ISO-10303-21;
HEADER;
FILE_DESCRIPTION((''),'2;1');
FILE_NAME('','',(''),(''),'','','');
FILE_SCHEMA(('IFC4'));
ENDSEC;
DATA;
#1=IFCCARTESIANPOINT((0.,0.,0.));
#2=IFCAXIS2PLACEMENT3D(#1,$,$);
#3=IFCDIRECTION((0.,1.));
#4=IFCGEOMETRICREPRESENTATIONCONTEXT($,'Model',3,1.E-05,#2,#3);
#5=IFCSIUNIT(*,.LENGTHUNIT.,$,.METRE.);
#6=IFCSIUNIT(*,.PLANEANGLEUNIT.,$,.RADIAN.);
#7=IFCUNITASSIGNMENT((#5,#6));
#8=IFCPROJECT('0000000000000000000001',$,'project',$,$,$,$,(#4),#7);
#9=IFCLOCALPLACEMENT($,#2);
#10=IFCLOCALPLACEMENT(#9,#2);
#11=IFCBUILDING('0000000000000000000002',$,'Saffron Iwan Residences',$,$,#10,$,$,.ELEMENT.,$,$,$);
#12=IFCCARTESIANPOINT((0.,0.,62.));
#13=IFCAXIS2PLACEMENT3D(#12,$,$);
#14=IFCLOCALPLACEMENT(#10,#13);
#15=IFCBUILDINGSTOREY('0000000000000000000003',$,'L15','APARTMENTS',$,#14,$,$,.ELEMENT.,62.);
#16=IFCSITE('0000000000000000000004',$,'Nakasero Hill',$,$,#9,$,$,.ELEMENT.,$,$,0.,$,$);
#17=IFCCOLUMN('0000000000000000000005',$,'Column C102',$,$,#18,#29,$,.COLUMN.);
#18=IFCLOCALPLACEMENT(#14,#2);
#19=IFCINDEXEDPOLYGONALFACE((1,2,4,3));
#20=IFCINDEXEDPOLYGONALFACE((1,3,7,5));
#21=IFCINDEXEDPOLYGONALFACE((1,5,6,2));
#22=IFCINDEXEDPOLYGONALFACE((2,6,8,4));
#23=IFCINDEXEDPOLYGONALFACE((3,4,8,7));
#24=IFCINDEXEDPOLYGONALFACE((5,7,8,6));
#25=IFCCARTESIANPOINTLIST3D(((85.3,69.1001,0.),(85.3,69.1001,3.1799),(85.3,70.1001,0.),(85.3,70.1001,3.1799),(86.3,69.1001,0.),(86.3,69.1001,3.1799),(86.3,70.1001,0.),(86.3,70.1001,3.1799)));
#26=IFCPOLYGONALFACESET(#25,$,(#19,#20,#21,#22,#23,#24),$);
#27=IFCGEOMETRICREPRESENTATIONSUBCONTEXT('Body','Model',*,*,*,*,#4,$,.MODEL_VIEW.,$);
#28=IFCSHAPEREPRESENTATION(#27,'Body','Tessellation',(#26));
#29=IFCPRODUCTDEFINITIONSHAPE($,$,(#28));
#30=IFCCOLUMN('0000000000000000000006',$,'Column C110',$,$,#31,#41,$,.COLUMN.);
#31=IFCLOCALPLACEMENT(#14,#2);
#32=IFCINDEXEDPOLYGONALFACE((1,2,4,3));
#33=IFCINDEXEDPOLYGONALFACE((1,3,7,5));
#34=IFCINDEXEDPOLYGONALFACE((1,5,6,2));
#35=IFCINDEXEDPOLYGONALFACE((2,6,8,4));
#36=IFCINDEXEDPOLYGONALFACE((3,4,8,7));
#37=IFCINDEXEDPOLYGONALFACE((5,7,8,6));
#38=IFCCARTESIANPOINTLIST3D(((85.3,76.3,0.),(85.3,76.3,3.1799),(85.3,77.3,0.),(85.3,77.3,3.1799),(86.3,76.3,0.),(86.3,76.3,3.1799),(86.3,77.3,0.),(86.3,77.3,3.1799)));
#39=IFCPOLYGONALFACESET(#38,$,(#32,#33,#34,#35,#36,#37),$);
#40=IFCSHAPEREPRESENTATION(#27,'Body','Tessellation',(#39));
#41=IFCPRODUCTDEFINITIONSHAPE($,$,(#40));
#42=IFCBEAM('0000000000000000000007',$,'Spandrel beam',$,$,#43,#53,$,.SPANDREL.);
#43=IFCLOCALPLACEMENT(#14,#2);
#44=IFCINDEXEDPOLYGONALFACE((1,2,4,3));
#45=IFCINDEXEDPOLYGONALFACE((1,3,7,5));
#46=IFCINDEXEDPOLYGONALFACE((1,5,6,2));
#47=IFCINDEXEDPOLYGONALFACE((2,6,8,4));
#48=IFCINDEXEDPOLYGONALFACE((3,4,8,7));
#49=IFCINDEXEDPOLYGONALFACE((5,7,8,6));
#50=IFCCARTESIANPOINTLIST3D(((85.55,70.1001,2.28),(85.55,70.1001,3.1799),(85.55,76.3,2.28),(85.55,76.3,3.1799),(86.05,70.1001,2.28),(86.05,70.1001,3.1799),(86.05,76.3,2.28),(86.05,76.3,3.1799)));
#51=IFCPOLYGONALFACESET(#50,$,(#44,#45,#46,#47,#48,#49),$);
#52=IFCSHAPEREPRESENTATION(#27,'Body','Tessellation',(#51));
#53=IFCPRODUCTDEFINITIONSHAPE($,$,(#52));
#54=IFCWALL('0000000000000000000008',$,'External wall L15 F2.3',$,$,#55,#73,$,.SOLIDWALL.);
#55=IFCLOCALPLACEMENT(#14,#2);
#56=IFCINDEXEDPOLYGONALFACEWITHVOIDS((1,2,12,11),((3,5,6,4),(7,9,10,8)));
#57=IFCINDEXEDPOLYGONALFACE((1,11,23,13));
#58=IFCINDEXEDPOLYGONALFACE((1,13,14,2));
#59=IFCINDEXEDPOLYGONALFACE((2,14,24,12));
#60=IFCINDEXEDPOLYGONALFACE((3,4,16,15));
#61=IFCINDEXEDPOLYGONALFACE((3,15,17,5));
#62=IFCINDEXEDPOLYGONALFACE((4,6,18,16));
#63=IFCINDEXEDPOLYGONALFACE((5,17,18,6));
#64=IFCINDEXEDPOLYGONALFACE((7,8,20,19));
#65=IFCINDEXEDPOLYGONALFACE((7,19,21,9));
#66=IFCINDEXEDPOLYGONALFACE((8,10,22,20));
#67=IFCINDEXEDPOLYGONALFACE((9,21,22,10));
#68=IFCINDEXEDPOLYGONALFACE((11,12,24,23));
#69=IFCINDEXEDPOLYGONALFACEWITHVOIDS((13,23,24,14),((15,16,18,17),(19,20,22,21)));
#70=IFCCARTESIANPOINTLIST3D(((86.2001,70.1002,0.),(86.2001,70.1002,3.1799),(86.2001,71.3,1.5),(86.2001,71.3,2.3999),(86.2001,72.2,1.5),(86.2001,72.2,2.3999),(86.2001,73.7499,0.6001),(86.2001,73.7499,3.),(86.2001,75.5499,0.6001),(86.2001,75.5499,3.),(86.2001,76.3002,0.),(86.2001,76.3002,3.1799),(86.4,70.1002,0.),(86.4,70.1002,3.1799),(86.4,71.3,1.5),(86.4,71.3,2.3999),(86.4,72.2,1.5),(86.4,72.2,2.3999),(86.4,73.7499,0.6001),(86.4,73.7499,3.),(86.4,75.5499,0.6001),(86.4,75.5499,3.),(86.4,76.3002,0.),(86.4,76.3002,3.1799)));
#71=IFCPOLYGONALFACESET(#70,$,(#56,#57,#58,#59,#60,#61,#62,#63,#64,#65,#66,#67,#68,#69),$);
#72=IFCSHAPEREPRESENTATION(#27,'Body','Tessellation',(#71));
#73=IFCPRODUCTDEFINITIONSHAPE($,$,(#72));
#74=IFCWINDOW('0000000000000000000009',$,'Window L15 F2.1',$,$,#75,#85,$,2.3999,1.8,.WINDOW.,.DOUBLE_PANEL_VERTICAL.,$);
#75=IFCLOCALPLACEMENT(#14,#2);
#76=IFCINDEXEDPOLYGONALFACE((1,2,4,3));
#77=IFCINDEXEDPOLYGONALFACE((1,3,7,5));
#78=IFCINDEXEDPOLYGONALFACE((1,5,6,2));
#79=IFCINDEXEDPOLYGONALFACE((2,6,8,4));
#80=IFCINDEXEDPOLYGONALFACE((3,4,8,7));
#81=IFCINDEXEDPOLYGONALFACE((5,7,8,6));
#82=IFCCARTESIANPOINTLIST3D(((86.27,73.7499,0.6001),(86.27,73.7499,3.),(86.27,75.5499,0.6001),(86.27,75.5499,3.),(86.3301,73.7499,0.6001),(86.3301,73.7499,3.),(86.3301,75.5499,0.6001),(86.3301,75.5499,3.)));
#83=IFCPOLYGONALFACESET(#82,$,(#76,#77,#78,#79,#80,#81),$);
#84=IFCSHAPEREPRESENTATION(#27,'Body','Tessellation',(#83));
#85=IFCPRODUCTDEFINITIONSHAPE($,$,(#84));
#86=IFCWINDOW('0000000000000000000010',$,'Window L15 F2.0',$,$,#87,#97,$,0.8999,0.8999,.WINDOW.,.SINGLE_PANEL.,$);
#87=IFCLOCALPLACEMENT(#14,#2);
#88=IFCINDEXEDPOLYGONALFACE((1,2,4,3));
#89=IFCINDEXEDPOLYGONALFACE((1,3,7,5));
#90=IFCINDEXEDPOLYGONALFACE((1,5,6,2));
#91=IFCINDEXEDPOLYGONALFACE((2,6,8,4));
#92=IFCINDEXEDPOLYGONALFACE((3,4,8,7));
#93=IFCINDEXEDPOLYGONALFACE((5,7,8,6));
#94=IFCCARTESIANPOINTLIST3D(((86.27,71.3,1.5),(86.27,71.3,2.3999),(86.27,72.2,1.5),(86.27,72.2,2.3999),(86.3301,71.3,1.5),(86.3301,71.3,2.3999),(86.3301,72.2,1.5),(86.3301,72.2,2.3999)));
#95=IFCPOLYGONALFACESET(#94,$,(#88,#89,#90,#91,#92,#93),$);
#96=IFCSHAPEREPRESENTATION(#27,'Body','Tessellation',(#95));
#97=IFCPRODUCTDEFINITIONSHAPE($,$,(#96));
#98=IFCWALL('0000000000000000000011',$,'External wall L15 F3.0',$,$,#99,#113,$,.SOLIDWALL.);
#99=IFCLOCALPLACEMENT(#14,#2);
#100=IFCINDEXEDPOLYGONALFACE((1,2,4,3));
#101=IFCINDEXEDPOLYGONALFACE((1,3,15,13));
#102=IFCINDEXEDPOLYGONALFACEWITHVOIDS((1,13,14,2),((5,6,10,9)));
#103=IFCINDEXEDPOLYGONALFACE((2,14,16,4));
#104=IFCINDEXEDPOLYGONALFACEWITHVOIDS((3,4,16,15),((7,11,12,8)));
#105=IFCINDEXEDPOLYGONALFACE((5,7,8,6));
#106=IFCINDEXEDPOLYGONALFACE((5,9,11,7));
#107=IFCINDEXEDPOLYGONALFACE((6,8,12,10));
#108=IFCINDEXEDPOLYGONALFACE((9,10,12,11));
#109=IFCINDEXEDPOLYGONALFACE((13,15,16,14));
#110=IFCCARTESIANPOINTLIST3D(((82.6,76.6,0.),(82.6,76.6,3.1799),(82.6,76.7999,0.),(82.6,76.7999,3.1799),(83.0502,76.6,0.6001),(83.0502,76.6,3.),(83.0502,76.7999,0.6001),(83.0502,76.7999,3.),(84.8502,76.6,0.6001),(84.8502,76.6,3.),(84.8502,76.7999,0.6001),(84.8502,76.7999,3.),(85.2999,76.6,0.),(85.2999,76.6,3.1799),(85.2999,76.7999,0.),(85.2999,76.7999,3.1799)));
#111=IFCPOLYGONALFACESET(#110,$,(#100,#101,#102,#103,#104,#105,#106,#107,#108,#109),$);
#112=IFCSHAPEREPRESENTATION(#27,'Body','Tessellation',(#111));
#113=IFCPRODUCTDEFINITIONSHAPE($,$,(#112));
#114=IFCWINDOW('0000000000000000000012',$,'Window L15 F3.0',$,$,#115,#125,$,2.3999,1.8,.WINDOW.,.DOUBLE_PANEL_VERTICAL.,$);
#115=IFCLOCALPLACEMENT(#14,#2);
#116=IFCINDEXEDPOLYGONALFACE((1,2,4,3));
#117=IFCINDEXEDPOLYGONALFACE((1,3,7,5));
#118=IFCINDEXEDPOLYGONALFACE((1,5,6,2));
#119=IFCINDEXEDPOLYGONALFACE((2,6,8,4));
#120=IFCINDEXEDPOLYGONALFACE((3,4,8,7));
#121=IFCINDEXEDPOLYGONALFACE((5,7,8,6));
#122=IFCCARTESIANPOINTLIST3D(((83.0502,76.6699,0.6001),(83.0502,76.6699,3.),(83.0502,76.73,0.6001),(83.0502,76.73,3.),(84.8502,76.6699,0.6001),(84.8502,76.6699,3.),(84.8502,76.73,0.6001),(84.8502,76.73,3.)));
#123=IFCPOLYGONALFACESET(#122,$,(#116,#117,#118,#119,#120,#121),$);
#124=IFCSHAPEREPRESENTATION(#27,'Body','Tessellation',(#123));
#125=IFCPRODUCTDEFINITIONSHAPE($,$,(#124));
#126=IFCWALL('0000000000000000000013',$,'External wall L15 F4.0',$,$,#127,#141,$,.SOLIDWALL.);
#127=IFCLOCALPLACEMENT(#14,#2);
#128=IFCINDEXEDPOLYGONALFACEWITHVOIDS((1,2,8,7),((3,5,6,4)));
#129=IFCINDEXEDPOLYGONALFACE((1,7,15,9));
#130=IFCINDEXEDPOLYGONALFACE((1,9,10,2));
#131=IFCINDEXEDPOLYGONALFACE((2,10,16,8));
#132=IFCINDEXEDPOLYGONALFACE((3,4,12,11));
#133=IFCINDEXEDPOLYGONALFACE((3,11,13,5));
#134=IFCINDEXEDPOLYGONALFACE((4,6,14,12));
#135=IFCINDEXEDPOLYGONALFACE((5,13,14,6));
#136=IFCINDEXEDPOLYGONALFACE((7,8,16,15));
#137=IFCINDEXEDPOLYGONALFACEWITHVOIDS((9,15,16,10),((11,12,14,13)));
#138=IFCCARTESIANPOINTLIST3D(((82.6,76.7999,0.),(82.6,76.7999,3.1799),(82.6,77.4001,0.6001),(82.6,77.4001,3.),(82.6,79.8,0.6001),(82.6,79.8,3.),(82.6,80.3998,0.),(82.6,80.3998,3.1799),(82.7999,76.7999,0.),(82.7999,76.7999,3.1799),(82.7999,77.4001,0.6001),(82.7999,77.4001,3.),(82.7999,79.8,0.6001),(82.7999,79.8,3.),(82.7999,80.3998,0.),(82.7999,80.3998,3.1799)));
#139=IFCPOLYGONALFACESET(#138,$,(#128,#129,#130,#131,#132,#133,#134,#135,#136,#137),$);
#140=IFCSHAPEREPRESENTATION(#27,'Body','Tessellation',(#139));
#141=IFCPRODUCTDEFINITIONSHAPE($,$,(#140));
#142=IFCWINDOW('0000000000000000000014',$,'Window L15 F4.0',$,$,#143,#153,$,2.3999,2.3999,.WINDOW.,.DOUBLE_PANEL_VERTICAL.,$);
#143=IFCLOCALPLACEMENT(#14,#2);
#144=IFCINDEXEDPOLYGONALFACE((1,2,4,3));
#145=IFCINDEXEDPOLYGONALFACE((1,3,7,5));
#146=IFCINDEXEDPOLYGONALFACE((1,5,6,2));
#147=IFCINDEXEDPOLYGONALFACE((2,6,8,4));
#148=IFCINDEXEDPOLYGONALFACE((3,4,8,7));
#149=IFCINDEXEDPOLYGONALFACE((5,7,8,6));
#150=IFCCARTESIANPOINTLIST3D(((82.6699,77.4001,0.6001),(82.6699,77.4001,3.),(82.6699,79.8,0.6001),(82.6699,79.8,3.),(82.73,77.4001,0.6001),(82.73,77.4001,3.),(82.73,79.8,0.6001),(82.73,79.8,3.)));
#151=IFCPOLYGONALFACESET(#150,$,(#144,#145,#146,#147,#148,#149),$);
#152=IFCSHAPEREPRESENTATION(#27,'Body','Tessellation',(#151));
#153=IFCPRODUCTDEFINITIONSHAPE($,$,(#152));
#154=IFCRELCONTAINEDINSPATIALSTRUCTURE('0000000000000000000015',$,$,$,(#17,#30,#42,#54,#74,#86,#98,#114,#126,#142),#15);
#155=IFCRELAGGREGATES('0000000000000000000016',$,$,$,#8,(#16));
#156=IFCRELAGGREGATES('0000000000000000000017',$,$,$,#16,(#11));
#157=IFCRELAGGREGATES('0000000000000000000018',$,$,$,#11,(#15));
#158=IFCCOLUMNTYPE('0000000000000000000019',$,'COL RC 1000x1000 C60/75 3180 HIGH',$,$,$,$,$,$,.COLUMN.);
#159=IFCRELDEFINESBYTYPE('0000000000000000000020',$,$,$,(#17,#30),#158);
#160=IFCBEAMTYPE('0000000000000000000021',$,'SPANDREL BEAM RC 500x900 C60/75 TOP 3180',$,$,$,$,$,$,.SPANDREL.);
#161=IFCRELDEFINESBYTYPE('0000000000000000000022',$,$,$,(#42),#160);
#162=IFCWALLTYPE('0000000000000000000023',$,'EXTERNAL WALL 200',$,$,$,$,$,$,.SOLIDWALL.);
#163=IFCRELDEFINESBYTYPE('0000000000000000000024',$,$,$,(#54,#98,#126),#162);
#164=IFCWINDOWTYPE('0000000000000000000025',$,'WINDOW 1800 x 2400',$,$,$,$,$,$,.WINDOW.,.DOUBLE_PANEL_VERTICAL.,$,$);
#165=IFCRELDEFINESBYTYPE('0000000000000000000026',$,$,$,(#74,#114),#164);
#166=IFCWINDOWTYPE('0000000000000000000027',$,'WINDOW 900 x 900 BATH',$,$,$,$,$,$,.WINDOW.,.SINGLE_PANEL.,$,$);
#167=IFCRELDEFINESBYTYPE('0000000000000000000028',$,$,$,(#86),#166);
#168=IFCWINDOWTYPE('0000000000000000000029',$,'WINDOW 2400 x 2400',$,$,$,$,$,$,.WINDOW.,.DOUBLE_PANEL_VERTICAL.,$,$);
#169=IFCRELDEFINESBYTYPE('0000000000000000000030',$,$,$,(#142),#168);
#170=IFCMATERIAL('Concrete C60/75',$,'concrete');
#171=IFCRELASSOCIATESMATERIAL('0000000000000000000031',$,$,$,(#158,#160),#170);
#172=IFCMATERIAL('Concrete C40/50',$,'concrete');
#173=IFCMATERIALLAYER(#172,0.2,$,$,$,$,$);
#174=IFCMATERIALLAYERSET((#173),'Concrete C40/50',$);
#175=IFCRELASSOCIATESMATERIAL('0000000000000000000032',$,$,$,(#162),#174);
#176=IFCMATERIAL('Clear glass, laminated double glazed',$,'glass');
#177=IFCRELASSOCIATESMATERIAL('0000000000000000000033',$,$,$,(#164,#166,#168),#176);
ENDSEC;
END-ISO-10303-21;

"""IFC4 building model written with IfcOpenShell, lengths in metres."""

from ifc_helpers import new_model, si_unit, direction, frame, frame_2d, origin, origin_2d, place, context, subcontext, project, spatial, rectangle, extrude, source, transform, mapped, material, layer, layer_set, material_profile, profile_set, type_object, element, fill, save


model = new_model("IFC4")

# Units and contexts
model_context = context("Model", 3, precision=1e-05, world=origin(), true_north=direction((0.0, 1.0)))
body_context = subcontext(model_context, "Body", "Model", "MODEL_VIEW")
ifc_project = project(units=[si_unit("LENGTHUNIT", "METRE"), si_unit("PLANEANGLEUNIT", "RADIAN")], contexts=[model_context])

# Site, building, storey
site_placement = place(None, origin())
site = spatial("IfcSite", under=ifc_project, at=site_placement, Name="Nakasero Hill", CompositionType="ELEMENT", RefElevation=0.0)
building_placement = place(site_placement, origin())
building = spatial("IfcBuilding", under=site, at=building_placement, Name="Saffron Iwan Residences", CompositionType="ELEMENT")
storey_placement = place(building_placement, frame((0.0, 0.0, 62.0)))
storey = spatial("IfcBuildingStorey", under=building, at=storey_placement, Name="L15", Description="APARTMENTS", CompositionType="ELEMENT", Elevation=62.0)

# Columns
ifc_material_1 = material(Name="Concrete C60/75", Category="concrete")
ifc_material_profile_1 = material_profile(ifc_material_1, rectangle(XDim=1.0, YDim=1.0, at=origin_2d()), Name="RC 1000x1000")
ifc_profile_set_1 = profile_set([ifc_material_profile_1], Name="Concrete C60/75")
column_type = type_object("IfcColumnType", Name="COL RC 1000x1000 C60/75 3180 HIGH", PredefinedType="COLUMN", material=ifc_profile_set_1)
shared_shape_1 = source(origin(), body_context, "Body", "SweptSolid", [
    extrude(rectangle(XDim=1.0, YDim=1.0, at=origin_2d()), origin(), (0.0, 0.0, 1.0), 3.1799),
])
for number, where, z_axis, x_axis, name in (
    (1, (85.8, 69.6001, 0.0), (0.0, 0.0, 1.0), (1.0, 0.0, 0.0), "Column C102"),
    (2, (85.8, 76.8, 0.0), (0.0, 0.0, 1.0), (1.0, 0.0, 0.0), "Column C110"),
):
    element("IfcColumn", number, at=place(storey_placement, frame(where, z_axis=z_axis, x_axis=x_axis)), inside=storey, type_object=column_type, Name=name, PredefinedType="COLUMN", context=body_context, shape_type="MappedRepresentation", body=[
        mapped(shared_shape_1, transform((0.0, 0.0, 0.0))),
    ])

# Beam
ifc_material_profile_2 = material_profile(ifc_material_1, rectangle(XDim=0.5, YDim=0.8999, at=origin_2d()), Name="RC 500x900")
ifc_profile_set_2 = profile_set([ifc_material_profile_2], Name="Concrete C60/75")
beam_type = type_object("IfcBeamType", Name="SPANDREL BEAM RC 500x900 C60/75 TOP 3180", PredefinedType="SPANDREL", material=ifc_profile_set_2)
shared_shape_2 = source(origin(), body_context, "Body", "SweptSolid", [
    extrude(rectangle(XDim=0.5, YDim=0.8999, at=origin_2d()), origin(), (0.0, 0.0, 1.0), 6.2),
])
beam_placement = place(storey_placement, frame((85.8, 76.3, 2.73), z_axis=(0.0, -1.0, 0.0), x_axis=(1.0, 0.0, 0.0)))
element("IfcBeam", 3, at=beam_placement, inside=storey, type_object=beam_type, Name="Spandrel beam", PredefinedType="SPANDREL", context=body_context, shape_type="MappedRepresentation", body=[
    mapped(shared_shape_2, transform((0.0, 0.0, 0.0))),
])

# Wall, openings, windows
ifc_material_2 = material(Name="Concrete C40/50", Category="concrete")
ifc_layer = layer(ifc_material_2, 0.2)
ifc_layer_set = layer_set([ifc_layer], Name="Concrete C40/50")
wall_type = type_object("IfcWallType", Name="EXTERNAL WALL 200", PredefinedType="SOLIDWALL", material=ifc_layer_set)
wall_1_placement = place(storey_placement, frame((86.3, 70.1001, 0.0), z_axis=(0.0, 0.0, 1.0), x_axis=(0.0, 1.0, 0.0)))
wall_1 = element("IfcWall", 4, at=wall_1_placement, inside=storey, type_object=wall_type, Name="External wall L15 F2.3", PredefinedType="SOLIDWALL", context=body_context, shape_type="SweptSolid", body=[
    extrude(rectangle(XDim=6.2, YDim=0.2, at=frame_2d((3.1001, 0.0))), origin(), (0.0, 0.0, 1.0), 3.1799),
])
opening_1_placement = place(wall_1_placement, frame((1.2, 0.0, 1.5)))
opening_1 = element("IfcOpeningElement", 5, at=opening_1_placement, cuts=wall_1, PredefinedType="OPENING", context=body_context, shape_type="SweptSolid", body=[
    extrude(rectangle(XDim=0.8999, YDim=0.8999, at=frame_2d((0.45, 0.45))), frame((0.0, 0.1099, 0.0), z_axis=(0.0, -1.0, 0.0), x_axis=(1.0, 0.0, 0.0)), (0.0, 0.0, 1.0), 0.22),
])
opening_2_placement = place(wall_1_placement, frame((3.6499, 0.0, 0.6001)))
opening_2 = element("IfcOpeningElement", 6, at=opening_2_placement, cuts=wall_1, PredefinedType="OPENING", context=body_context, shape_type="SweptSolid", body=[
    extrude(rectangle(XDim=1.8, YDim=2.3999, at=frame_2d((0.8999, 1.2))), frame((0.0, 0.1099, 0.0), z_axis=(0.0, -1.0, 0.0), x_axis=(1.0, 0.0, 0.0)), (0.0, 0.0, 1.0), 0.22),
])
ifc_material_3 = material(Name="Clear glass, laminated double glazed", Category="glass")
window_type_1 = type_object("IfcWindowType", Name="WINDOW 1800 x 2400", PartitioningType="DOUBLE_PANEL_VERTICAL", PredefinedType="WINDOW", material=ifc_material_3)
window_1_placement = place(opening_2_placement, origin())
window_1 = element("IfcWindow", 7, at=window_1_placement, inside=storey, type_object=window_type_1, Name="Window L15 F2.1", OverallHeight=2.3999, OverallWidth=1.8, PartitioningType="DOUBLE_PANEL_VERTICAL", PredefinedType="WINDOW", context=body_context, shape_type="SweptSolid", body=[
    extrude(rectangle(XDim=1.8, YDim=2.3999, at=frame_2d((0.8999, 1.2))), frame((0.0, 0.03, 0.0), z_axis=(0.0, -1.0, 0.0), x_axis=(1.0, 0.0, 0.0)), (0.0, 0.0, 1.0), 0.0601),
])
fill(opening_2, window_1)
window_type_2 = type_object("IfcWindowType", Name="WINDOW 900 x 900 BATH", PartitioningType="SINGLE_PANEL", PredefinedType="WINDOW", material=ifc_material_3)
window_2_placement = place(opening_1_placement, origin())
window_2 = element("IfcWindow", 8, at=window_2_placement, inside=storey, type_object=window_type_2, Name="Window L15 F2.0", OverallHeight=0.8999, OverallWidth=0.8999, PartitioningType="SINGLE_PANEL", PredefinedType="WINDOW", context=body_context, shape_type="SweptSolid", body=[
    extrude(rectangle(XDim=0.8999, YDim=0.8999, at=frame_2d((0.45, 0.45))), frame((0.0, 0.03, 0.0), z_axis=(0.0, -1.0, 0.0), x_axis=(1.0, 0.0, 0.0)), (0.0, 0.0, 1.0), 0.0601),
])
fill(opening_1, window_2)

# Walls, openings, windows
wall_2_placement = place(storey_placement, frame((85.3, 76.7, 0.0), z_axis=(0.0, 0.0, 1.0), x_axis=(-1.0, 0.0, 0.0)))
wall_2 = element("IfcWall", 9, at=wall_2_placement, inside=storey, type_object=wall_type, Name="External wall L15 F3.0", PredefinedType="SOLIDWALL", context=body_context, shape_type="SweptSolid", body=[
    extrude(rectangle(XDim=2.7, YDim=0.2, at=frame_2d((1.3501, 0.0))), origin(), (0.0, 0.0, 1.0), 3.1799),
])
opening_3_placement = place(wall_2_placement, frame((0.45, 0.0, 0.6001)))
opening_3 = element("IfcOpeningElement", 10, at=opening_3_placement, cuts=wall_2, PredefinedType="OPENING", context=body_context, shape_type="SweptSolid", body=[
    extrude(rectangle(XDim=1.8, YDim=2.3999, at=frame_2d((0.8999, 1.2))), frame((0.0, 0.1099, 0.0), z_axis=(0.0, -1.0, 0.0), x_axis=(1.0, 0.0, 0.0)), (0.0, 0.0, 1.0), 0.22),
])
window_3_placement = place(opening_3_placement, origin())
window_3 = element("IfcWindow", 11, at=window_3_placement, inside=storey, type_object=window_type_1, Name="Window L15 F3.0", OverallHeight=2.3999, OverallWidth=1.8, PartitioningType="DOUBLE_PANEL_VERTICAL", PredefinedType="WINDOW", context=body_context, shape_type="SweptSolid", body=[
    extrude(rectangle(XDim=1.8, YDim=2.3999, at=frame_2d((0.8999, 1.2))), frame((0.0, 0.03, 0.0), z_axis=(0.0, -1.0, 0.0), x_axis=(1.0, 0.0, 0.0)), (0.0, 0.0, 1.0), 0.0601),
])
fill(opening_3, window_3)
wall_3_placement = place(storey_placement, frame((82.7, 76.8, 0.0), z_axis=(0.0, 0.0, 1.0), x_axis=(0.0, 1.0, 0.0)))
wall_3 = element("IfcWall", 12, at=wall_3_placement, inside=storey, type_object=wall_type, Name="External wall L15 F4.0", PredefinedType="SOLIDWALL", context=body_context, shape_type="SweptSolid", body=[
    extrude(rectangle(XDim=3.5999, YDim=0.2, at=frame_2d((1.7998, 0.0))), origin(), (0.0, 0.0, 1.0), 3.1799),
])
opening_4_placement = place(wall_3_placement, frame((0.6001, 0.0, 0.6001)))
opening_4 = element("IfcOpeningElement", 13, at=opening_4_placement, cuts=wall_3, PredefinedType="OPENING", context=body_context, shape_type="SweptSolid", body=[
    extrude(rectangle(XDim=2.3999, YDim=2.3999, at=frame_2d((1.2, 1.2))), frame((0.0, 0.1099, 0.0), z_axis=(0.0, -1.0, 0.0), x_axis=(1.0, 0.0, 0.0)), (0.0, 0.0, 1.0), 0.22),
])
window_type_3 = type_object("IfcWindowType", Name="WINDOW 2400 x 2400", PartitioningType="DOUBLE_PANEL_VERTICAL", PredefinedType="WINDOW", material=ifc_material_3)
window_4_placement = place(opening_4_placement, origin())
window_4 = element("IfcWindow", 14, at=window_4_placement, inside=storey, type_object=window_type_3, Name="Window L15 F4.0", OverallHeight=2.3999, OverallWidth=2.3999, PartitioningType="DOUBLE_PANEL_VERTICAL", PredefinedType="WINDOW", context=body_context, shape_type="SweptSolid", body=[
    extrude(rectangle(XDim=2.3999, YDim=2.3999, at=frame_2d((1.2, 1.2))), frame((0.0, 0.03, 0.0), z_axis=(0.0, -1.0, 0.0), x_axis=(1.0, 0.0, 0.0)), (0.0, 0.0, 1.0), 0.0601),
])
fill(opening_4, window_4)

save(model, "model.ifc")
